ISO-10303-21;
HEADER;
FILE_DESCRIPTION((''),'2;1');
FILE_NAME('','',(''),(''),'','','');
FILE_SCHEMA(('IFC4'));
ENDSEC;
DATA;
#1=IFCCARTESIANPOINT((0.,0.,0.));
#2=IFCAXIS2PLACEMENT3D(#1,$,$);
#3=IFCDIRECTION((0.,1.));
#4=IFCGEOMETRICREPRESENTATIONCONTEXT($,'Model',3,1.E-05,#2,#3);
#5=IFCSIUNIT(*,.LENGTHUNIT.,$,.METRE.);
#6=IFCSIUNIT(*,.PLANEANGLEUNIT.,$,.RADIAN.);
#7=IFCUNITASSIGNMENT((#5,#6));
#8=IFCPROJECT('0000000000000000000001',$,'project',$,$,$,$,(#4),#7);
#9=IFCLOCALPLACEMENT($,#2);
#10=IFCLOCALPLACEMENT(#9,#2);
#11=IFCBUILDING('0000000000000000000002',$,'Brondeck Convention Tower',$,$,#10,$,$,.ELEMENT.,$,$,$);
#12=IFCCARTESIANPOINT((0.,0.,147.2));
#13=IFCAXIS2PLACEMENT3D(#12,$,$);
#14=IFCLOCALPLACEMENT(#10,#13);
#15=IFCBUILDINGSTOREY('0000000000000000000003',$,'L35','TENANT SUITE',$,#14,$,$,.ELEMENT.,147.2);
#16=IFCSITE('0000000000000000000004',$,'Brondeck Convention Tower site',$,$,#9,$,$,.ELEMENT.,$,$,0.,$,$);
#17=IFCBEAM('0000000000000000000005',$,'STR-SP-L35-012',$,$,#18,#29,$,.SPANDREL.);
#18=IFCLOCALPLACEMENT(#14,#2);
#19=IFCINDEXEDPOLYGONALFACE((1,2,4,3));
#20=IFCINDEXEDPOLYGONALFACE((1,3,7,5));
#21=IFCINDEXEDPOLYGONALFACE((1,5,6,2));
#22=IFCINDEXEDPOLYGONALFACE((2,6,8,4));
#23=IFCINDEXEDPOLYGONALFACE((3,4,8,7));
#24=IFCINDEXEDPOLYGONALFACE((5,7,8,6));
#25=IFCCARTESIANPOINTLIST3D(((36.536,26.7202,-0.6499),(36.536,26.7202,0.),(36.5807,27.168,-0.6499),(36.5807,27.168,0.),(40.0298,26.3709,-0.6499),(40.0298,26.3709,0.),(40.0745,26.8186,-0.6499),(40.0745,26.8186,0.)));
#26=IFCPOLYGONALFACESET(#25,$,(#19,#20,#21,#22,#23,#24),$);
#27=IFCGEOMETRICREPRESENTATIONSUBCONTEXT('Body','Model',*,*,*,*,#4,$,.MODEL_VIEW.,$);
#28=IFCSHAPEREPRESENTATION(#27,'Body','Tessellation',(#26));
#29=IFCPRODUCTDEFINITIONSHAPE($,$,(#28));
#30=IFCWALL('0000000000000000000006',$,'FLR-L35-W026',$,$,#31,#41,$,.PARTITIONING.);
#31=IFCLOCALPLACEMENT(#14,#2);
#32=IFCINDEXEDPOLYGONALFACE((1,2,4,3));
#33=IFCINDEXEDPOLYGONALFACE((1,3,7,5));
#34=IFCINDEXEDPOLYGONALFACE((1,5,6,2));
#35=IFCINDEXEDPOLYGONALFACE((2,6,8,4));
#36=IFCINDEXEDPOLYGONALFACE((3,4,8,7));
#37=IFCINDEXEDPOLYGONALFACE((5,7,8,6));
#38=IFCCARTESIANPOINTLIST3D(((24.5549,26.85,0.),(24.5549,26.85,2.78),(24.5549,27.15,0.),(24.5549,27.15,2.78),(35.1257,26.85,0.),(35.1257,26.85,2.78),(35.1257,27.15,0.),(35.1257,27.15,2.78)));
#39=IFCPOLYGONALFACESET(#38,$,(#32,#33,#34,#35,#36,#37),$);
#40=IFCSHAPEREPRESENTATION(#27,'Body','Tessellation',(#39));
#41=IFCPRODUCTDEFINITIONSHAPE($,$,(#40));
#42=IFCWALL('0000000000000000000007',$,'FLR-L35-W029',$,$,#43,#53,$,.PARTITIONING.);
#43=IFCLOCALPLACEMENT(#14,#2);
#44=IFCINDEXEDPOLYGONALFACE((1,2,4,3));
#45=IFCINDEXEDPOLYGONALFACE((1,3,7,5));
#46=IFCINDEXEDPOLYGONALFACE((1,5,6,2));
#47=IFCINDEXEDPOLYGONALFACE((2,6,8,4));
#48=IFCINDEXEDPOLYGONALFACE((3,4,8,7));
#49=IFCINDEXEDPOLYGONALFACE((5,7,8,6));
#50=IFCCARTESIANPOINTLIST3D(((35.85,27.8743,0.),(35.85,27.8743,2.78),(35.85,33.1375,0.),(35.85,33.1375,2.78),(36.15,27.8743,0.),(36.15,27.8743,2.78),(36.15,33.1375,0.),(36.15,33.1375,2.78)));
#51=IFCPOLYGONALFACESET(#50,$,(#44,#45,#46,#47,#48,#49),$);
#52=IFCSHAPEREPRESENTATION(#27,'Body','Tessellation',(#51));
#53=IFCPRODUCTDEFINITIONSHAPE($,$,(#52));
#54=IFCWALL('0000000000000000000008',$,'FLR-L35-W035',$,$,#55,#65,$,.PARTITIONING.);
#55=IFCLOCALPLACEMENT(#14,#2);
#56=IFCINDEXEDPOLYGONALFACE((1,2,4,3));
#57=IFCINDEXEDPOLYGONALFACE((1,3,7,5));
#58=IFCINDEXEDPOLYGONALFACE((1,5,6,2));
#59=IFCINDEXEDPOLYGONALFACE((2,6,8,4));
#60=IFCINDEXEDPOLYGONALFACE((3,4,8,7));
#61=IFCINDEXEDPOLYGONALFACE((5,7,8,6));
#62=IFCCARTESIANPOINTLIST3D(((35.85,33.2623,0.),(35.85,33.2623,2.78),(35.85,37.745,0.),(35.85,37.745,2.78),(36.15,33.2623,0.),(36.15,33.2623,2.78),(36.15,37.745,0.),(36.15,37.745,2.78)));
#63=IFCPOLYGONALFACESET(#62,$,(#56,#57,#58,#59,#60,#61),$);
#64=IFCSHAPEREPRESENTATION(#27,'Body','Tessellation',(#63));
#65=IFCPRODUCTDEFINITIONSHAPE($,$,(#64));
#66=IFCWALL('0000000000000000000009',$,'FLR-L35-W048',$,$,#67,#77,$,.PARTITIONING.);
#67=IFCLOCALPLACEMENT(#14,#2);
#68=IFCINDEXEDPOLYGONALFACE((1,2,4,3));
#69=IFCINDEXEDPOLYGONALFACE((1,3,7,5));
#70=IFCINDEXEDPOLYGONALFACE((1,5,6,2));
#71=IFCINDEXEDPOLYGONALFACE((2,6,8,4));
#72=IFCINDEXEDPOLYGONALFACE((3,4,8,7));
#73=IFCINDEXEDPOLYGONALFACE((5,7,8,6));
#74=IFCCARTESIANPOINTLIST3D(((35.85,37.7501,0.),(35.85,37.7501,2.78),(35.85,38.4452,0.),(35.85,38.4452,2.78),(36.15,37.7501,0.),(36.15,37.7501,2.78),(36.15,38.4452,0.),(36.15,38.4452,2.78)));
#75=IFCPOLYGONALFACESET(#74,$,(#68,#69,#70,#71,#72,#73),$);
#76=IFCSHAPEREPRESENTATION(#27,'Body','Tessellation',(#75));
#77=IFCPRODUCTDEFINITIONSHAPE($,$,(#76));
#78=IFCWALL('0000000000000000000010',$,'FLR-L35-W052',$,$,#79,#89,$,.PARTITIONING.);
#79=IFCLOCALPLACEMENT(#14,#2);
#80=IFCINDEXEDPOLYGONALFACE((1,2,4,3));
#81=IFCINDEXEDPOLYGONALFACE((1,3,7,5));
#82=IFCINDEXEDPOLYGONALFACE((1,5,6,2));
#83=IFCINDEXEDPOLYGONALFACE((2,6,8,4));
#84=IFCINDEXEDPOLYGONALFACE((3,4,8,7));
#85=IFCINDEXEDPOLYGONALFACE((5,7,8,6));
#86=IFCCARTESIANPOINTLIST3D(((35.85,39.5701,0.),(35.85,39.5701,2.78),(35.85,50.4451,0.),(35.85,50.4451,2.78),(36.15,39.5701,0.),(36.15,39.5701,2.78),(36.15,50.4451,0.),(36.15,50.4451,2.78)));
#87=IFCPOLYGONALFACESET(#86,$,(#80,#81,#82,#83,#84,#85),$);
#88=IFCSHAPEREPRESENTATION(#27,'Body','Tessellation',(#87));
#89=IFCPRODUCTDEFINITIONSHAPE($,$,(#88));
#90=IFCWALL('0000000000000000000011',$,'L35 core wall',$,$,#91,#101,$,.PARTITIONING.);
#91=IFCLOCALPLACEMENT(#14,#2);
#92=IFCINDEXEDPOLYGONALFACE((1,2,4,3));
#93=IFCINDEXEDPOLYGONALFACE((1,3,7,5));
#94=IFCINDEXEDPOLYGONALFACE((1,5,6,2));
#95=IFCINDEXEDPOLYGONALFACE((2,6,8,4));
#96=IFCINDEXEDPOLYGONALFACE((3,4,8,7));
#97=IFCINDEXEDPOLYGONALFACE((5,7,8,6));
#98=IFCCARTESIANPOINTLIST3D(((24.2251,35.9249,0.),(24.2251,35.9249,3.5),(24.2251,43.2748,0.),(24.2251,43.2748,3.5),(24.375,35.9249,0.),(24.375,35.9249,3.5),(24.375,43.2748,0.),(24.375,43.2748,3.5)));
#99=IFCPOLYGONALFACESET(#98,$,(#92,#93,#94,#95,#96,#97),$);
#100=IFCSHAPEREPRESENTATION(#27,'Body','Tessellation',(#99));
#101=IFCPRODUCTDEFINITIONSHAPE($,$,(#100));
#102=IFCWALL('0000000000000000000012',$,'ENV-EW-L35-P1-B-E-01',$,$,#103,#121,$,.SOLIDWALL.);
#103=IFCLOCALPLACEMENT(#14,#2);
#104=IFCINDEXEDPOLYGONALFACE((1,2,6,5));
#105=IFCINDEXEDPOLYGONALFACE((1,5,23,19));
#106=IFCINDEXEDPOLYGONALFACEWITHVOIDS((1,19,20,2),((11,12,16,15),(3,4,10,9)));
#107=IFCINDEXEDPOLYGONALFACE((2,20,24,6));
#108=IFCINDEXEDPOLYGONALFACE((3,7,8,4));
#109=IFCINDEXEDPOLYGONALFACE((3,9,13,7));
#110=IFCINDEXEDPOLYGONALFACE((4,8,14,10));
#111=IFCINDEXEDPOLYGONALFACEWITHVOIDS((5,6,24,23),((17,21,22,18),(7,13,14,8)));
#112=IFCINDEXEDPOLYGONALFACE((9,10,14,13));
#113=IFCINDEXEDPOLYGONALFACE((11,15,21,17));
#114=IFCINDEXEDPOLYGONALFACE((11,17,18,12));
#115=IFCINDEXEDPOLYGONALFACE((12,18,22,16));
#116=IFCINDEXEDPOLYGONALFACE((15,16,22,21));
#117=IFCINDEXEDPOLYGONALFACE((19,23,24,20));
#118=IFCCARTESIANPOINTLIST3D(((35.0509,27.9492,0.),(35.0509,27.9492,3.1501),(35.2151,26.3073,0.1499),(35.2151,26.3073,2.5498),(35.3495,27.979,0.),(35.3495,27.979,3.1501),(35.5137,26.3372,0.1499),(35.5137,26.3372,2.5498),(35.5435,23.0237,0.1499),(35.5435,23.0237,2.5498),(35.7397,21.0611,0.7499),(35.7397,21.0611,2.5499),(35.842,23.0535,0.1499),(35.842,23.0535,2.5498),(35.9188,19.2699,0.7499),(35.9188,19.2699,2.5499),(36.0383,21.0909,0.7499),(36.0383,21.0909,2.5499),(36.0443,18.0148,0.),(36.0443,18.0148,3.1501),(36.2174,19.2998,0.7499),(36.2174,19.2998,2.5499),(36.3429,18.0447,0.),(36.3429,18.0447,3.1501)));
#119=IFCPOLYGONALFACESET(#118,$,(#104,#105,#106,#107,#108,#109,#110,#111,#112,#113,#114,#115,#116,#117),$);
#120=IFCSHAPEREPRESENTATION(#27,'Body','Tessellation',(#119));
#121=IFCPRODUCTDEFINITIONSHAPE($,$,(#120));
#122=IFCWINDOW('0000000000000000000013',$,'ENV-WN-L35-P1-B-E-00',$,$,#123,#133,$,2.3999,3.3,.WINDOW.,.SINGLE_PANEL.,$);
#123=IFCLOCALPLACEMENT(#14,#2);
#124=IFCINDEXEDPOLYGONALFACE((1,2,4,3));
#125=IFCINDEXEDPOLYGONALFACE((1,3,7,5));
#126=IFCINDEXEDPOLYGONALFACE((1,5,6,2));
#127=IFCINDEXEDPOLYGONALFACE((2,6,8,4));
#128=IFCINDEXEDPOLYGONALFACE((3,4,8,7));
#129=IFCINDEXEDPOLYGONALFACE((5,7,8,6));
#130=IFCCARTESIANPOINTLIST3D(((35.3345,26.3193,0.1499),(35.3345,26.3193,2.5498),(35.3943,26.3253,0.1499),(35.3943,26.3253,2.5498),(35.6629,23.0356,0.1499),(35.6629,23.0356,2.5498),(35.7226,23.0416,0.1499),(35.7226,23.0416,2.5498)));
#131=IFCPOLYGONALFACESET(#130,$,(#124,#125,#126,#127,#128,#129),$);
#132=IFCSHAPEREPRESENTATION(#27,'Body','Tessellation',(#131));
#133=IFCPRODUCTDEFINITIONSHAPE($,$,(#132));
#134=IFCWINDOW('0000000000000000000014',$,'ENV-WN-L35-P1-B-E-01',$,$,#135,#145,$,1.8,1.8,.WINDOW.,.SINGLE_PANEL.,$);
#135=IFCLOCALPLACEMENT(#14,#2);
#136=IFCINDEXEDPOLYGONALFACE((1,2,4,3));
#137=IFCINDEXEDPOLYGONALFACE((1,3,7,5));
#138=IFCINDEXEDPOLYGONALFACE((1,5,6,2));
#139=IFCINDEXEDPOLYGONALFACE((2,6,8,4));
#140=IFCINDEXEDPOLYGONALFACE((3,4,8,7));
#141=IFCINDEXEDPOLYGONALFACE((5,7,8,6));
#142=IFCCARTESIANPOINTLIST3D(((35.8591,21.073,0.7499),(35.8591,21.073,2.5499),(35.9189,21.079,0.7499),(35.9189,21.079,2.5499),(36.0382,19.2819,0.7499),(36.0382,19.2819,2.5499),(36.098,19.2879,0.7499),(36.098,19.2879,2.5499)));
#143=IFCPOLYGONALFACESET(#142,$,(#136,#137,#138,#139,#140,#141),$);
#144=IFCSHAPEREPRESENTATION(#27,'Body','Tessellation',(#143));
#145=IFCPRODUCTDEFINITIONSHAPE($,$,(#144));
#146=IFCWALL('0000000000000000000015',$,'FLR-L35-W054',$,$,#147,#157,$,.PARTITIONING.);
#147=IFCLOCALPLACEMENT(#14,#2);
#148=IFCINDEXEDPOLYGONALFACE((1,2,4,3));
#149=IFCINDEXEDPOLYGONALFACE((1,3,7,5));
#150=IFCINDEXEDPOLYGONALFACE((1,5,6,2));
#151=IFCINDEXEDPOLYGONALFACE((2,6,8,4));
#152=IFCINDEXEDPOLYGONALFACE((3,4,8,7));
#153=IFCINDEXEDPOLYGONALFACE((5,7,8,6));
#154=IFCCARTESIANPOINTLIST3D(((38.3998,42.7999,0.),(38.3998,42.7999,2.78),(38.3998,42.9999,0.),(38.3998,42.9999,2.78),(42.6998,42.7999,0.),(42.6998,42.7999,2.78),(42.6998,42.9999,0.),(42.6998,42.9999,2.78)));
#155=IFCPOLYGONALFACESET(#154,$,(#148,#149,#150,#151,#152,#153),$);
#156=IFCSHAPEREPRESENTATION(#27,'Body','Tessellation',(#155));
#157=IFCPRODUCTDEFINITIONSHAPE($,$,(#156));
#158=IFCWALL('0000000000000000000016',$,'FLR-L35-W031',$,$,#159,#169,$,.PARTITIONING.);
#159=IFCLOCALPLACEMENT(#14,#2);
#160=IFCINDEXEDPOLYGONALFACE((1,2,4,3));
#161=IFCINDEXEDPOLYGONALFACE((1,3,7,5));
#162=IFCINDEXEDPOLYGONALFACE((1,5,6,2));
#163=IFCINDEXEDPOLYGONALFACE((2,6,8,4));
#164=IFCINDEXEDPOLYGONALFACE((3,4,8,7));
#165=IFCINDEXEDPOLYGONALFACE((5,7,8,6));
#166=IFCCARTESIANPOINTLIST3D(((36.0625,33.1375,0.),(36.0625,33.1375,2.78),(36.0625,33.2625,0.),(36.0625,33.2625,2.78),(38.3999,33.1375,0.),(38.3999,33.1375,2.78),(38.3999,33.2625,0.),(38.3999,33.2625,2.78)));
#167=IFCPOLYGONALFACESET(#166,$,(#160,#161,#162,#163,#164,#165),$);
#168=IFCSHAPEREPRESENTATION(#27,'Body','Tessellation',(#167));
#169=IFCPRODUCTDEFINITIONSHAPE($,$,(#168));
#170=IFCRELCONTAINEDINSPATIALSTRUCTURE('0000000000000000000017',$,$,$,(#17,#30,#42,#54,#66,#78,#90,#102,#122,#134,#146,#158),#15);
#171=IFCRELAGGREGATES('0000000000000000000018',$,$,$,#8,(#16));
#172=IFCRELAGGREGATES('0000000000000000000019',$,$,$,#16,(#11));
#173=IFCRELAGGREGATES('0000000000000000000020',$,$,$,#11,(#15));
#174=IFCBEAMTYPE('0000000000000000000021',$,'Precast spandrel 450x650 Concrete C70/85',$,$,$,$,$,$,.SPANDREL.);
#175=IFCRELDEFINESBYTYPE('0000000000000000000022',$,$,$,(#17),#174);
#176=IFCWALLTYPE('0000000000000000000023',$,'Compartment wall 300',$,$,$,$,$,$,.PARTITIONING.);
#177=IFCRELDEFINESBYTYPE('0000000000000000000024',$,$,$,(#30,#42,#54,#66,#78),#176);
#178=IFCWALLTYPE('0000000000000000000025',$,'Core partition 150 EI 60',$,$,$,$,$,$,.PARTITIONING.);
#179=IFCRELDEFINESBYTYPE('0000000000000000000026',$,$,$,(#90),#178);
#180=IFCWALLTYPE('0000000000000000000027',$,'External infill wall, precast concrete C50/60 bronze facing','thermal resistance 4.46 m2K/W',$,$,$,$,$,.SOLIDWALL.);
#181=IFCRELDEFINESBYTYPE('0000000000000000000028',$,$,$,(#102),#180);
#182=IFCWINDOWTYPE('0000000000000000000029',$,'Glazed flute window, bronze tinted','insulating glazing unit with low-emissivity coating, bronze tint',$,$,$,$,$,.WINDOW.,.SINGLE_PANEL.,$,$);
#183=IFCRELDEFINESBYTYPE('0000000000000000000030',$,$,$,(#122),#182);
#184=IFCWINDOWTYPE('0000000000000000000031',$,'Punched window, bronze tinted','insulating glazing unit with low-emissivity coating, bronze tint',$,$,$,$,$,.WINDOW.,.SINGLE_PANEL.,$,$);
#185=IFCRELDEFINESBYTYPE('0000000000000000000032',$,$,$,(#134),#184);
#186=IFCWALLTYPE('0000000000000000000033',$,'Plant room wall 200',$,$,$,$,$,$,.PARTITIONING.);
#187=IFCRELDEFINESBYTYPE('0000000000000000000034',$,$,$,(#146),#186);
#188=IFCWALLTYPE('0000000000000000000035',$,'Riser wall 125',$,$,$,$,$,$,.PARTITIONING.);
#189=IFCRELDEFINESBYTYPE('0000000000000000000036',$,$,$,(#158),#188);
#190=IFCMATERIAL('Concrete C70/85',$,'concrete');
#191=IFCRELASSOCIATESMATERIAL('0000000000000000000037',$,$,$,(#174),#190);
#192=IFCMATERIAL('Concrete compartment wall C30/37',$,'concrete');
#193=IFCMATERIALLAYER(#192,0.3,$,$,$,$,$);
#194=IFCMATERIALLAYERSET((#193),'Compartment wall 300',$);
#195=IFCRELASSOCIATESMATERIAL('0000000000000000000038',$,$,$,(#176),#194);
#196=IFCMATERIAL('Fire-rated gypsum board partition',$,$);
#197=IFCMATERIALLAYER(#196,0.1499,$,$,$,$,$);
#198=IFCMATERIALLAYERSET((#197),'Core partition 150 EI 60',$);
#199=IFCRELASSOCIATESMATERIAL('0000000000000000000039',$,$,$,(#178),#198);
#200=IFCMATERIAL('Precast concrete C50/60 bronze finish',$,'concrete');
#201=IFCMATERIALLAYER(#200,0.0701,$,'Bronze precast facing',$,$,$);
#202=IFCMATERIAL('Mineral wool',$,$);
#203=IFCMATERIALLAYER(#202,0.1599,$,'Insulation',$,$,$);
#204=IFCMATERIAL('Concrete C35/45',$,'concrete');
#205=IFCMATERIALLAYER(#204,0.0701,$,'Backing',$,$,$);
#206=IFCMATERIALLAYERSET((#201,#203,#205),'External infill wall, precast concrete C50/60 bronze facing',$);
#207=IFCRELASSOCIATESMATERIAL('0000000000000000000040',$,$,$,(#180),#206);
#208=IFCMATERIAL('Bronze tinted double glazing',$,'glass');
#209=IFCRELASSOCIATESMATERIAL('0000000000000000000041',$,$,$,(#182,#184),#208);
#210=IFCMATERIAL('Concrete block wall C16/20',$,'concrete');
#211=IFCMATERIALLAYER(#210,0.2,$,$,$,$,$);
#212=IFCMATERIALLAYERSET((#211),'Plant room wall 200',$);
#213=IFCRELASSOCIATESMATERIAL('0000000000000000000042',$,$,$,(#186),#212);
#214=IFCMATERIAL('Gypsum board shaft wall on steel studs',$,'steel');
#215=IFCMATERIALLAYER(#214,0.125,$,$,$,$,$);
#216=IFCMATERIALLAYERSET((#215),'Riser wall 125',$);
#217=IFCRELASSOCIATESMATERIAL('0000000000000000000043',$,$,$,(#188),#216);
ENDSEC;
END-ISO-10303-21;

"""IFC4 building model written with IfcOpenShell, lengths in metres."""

from ifc_helpers import new_model, si_unit, direction, frame, frame_2d, origin, origin_2d, place, context, subcontext, project, spatial, rectangle, extrude, material, layer, layer_set, material_profile, profile_set, type_object, element, fill, save


model = new_model("IFC4")

# Units and contexts
model_context = context("Model", 3, precision=1e-05, world=origin(), true_north=direction((0.0, 1.0)))
body_context = subcontext(model_context, "Body", "Model", "MODEL_VIEW")
ifc_project = project(units=[si_unit("LENGTHUNIT", "METRE"), si_unit("PLANEANGLEUNIT", "RADIAN")], contexts=[model_context])

# Site, building, storey
site_placement = place(None, origin())
site = spatial("IfcSite", under=ifc_project, at=site_placement, Name="Brondeck Convention Tower site", CompositionType="ELEMENT", RefElevation=0.0)
building_placement = place(site_placement, origin())
building = spatial("IfcBuilding", under=site, at=building_placement, Name="Brondeck Convention Tower", CompositionType="ELEMENT")
storey_placement = place(building_placement, frame((0.0, 0.0, 147.2)))
storey = spatial("IfcBuildingStorey", under=building, at=storey_placement, Name="L35", Description="TENANT SUITE", CompositionType="ELEMENT", Elevation=147.2)

# Shared definitions
ifc_material_1 = material(Name="Concrete C70/85", Category="concrete")

# Beam
ifc_material_profile_1 = material_profile(ifc_material_1, rectangle(XDim=0.45, YDim=0.6499, at=origin_2d()), Name="Precast spandrel 450x650 Concrete C70/85")
ifc_profile_set_1 = profile_set([ifc_material_profile_1], Name="Concrete C70/85")
beam_type_1 = type_object("IfcBeamType", Name="Precast spandrel 450x650 Concrete C70/85", PredefinedType="SPANDREL", material=ifc_profile_set_1)
beam_1_placement = place(storey_placement, frame((36.5583, 26.9441, -0.325), z_axis=(0.995038, -0.099497, 0.0), x_axis=(0.099497, 0.995038, 0.0)))
element("IfcBeam", 1, at=beam_1_placement, inside=storey, type_object=beam_type_1, Name="STR-SP-L35-012", PredefinedType="SPANDREL", context=body_context, shape_type="SweptSolid", body=[
    extrude(rectangle(XDim=0.45, YDim=0.6499, at=origin_2d()), origin(), (0.0, 0.0, 1.0), 3.5112),
])

# Walls
ifc_material_2 = material(Name="Concrete compartment wall C30/37", Category="concrete")
ifc_layer_1 = layer(ifc_material_2, 0.3)
ifc_layer_set_1 = layer_set([ifc_layer_1], Name="Compartment wall 300")
wall_type_1 = type_object("IfcWallType", Name="Compartment wall 300", PredefinedType="PARTITIONING", material=ifc_layer_set_1)
wall_1_placement = place(storey_placement, frame((24.5549, 27.0, 0.0), z_axis=(0.0, 0.0, 1.0), x_axis=(1.0, 0.0, 0.0)))
element("IfcWall", 2, at=wall_1_placement, inside=storey, type_object=wall_type_1, Name="FLR-L35-W026", PredefinedType="PARTITIONING", context=body_context, shape_type="SweptSolid", body=[
    extrude(rectangle(XDim=10.5708, YDim=0.3, at=frame_2d((5.2854, 0.0))), origin(), (0.0, 0.0, 1.0), 2.78),
])
wall_2_placement = place(storey_placement, frame((36.0, 27.8743, 0.0), z_axis=(0.0, 0.0, 1.0), x_axis=(0.0, 1.0, 0.0)))
element("IfcWall", 3, at=wall_2_placement, inside=storey, type_object=wall_type_1, Name="FLR-L35-W029", PredefinedType="PARTITIONING", context=body_context, shape_type="SweptSolid", body=[
    extrude(rectangle(XDim=5.2632, YDim=0.3, at=frame_2d((2.6316, 0.0))), origin(), (0.0, 0.0, 1.0), 2.78),
])
wall_3_placement = place(storey_placement, frame((36.0, 33.2625, 0.0), z_axis=(0.0, 0.0, 1.0), x_axis=(0.0, 1.0, 0.0)))
element("IfcWall", 4, at=wall_3_placement, inside=storey, type_object=wall_type_1, Name="FLR-L35-W035", PredefinedType="PARTITIONING", context=body_context, shape_type="SweptSolid", body=[
    extrude(rectangle(XDim=4.4827, YDim=0.3, at=frame_2d((2.2412, 0.0))), origin(), (0.0, 0.0, 1.0), 2.78),
])
wall_4_placement = place(storey_placement, frame((36.0, 37.75, 0.0), z_axis=(0.0, 0.0, 1.0), x_axis=(0.0, 1.0, 0.0)))
element("IfcWall", 5, at=wall_4_placement, inside=storey, type_object=wall_type_1, Name="FLR-L35-W048", PredefinedType="PARTITIONING", context=body_context, shape_type="SweptSolid", body=[
    extrude(rectangle(XDim=0.6951, YDim=0.3, at=frame_2d((0.3477, 0.0))), origin(), (0.0, 0.0, 1.0), 2.78),
])
wall_5_placement = place(storey_placement, frame((36.0, 39.5701, 0.0), z_axis=(0.0, 0.0, 1.0), x_axis=(0.0, 1.0, 0.0)))
element("IfcWall", 6, at=wall_5_placement, inside=storey, type_object=wall_type_1, Name="FLR-L35-W052", PredefinedType="PARTITIONING", context=body_context, shape_type="SweptSolid", body=[
    extrude(rectangle(XDim=10.875, YDim=0.3, at=frame_2d((5.4375, 0.0))), origin(), (0.0, 0.0, 1.0), 2.78),
])
ifc_material_3 = material(Name="Fire-rated gypsum board partition")
ifc_layer_2 = layer(ifc_material_3, 0.1499)
ifc_layer_set_2 = layer_set([ifc_layer_2], Name="Core partition 150 EI 60")
wall_type_2 = type_object("IfcWallType", Name="Core partition 150 EI 60", PredefinedType="PARTITIONING", material=ifc_layer_set_2)
wall_6_placement = place(storey_placement, frame((24.3, 35.925, 0.0), z_axis=(0.0, 0.0, 1.0), x_axis=(0.0, 1.0, 0.0)))
element("IfcWall", 7, at=wall_6_placement, inside=storey, type_object=wall_type_2, Name="L35 core wall", PredefinedType="PARTITIONING", context=body_context, shape_type="SweptSolid", body=[
    extrude(rectangle(XDim=7.3499, YDim=0.1499, at=frame_2d((3.6748, 0.0))), origin(), (0.0, 0.0, 1.0), 3.5),
])

# Wall, openings, windows
ifc_material_4 = material(Name="Precast concrete C50/60 bronze finish", Category="concrete")
ifc_layer_3 = layer(ifc_material_4, 0.0701, Name="Bronze precast facing")
ifc_material_5 = material(Name="Mineral wool")
ifc_layer_4 = layer(ifc_material_5, 0.1599, Name="Insulation")
ifc_material_6 = material(Name="Concrete C35/45", Category="concrete")
ifc_layer_5 = layer(ifc_material_6, 0.0701, Name="Backing")
ifc_layer_set_3 = layer_set([ifc_layer_3, ifc_layer_4, ifc_layer_5], Name="External infill wall, precast concrete C50/60 bronze facing")
wall_type_3 = type_object("IfcWallType", Name="External infill wall, precast concrete C50/60 bronze facing", Description="thermal resistance 4.46 m2K/W", PredefinedType="SOLIDWALL", material=ifc_layer_set_3)
wall_7_placement = place(storey_placement, frame((35.2002, 27.9641, 0.0), z_axis=(0.0, 0.0, 1.0), x_axis=(0.099501, -0.995037, 0.0)))
wall_7 = element("IfcWall", 8, at=wall_7_placement, inside=storey, type_object=wall_type_3, Name="ENV-EW-L35-P1-B-E-01", PredefinedType="SOLIDWALL", context=body_context, shape_type="SweptSolid", body=[
    extrude(rectangle(XDim=9.9839, YDim=0.3, at=frame_2d((4.9919, 0.0))), origin(), (0.0, 0.0, 1.0), 3.1501),
])
opening_1_placement = place(wall_7_placement, frame((1.6501, 0.0, 0.1499)))
opening_1 = element("IfcOpeningElement", 9, at=opening_1_placement, cuts=wall_7, PredefinedType="OPENING", context=body_context, shape_type="SweptSolid", body=[
    extrude(rectangle(XDim=3.3, YDim=2.3999, at=frame_2d((1.6499, 1.2))), frame((0.0, 0.1599, 0.0), z_axis=(0.0, -1.0, 0.0), x_axis=(1.0, 0.0, 0.0)), (0.0, 0.0, 1.0), 0.3201),
])
opening_2_placement = place(wall_7_placement, frame((6.9226, 0.0, 0.75)))
opening_2 = element("IfcOpeningElement", 10, at=opening_2_placement, cuts=wall_7, PredefinedType="OPENING", context=body_context, shape_type="SweptSolid", body=[
    extrude(rectangle(XDim=1.8, YDim=1.8, at=frame_2d((0.8999, 0.8999))), frame((0.0, 0.1599, 0.0), z_axis=(0.0, -1.0, 0.0), x_axis=(1.0, 0.0, 0.0)), (0.0, 0.0, 1.0), 0.3201),
])
ifc_material_7 = material(Name="Bronze tinted double glazing", Category="glass")
window_type_1 = type_object("IfcWindowType", Name="Glazed flute window, bronze tinted", Description="insulating glazing unit with low-emissivity coating, bronze tint", PartitioningType="SINGLE_PANEL", PredefinedType="WINDOW", material=ifc_material_7)
window_1_placement = place(opening_1_placement, origin())
window_1 = element("IfcWindow", 11, at=window_1_placement, inside=storey, type_object=window_type_1, Name="ENV-WN-L35-P1-B-E-00", OverallHeight=2.3999, OverallWidth=3.3, PartitioningType="SINGLE_PANEL", PredefinedType="WINDOW", context=body_context, shape_type="SweptSolid", body=[
    extrude(rectangle(XDim=3.3, YDim=2.3999, at=frame_2d((1.6499, 1.2))), frame((0.0, 0.03, 0.0), z_axis=(0.0, -1.0, 0.0), x_axis=(1.0, 0.0, 0.0)), (0.0, 0.0, 1.0), 0.0601),
])
fill(opening_1, window_1)
window_type_2 = type_object("IfcWindowType", Name="Punched window, bronze tinted", Description="insulating glazing unit with low-emissivity coating, bronze tint", PartitioningType="SINGLE_PANEL", PredefinedType="WINDOW", material=ifc_material_7)
window_2_placement = place(opening_2_placement, origin())
window_2 = element("IfcWindow", 12, at=window_2_placement, inside=storey, type_object=window_type_2, Name="ENV-WN-L35-P1-B-E-01", OverallHeight=1.8, OverallWidth=1.8, PartitioningType="SINGLE_PANEL", PredefinedType="WINDOW", context=body_context, shape_type="SweptSolid", body=[
    extrude(rectangle(XDim=1.8, YDim=1.8, at=frame_2d((0.8999, 0.8999))), frame((0.0, 0.03, 0.0), z_axis=(0.0, -1.0, 0.0), x_axis=(1.0, 0.0, 0.0)), (0.0, 0.0, 1.0), 0.0601),
])
fill(opening_2, window_2)

# Walls
ifc_material_8 = material(Name="Concrete block wall C16/20", Category="concrete")
ifc_layer_6 = layer(ifc_material_8, 0.2)
ifc_layer_set_4 = layer_set([ifc_layer_6], Name="Plant room wall 200")
wall_type_4 = type_object("IfcWallType", Name="Plant room wall 200", PredefinedType="PARTITIONING", material=ifc_layer_set_4)
wall_8_placement = place(storey_placement, frame((38.3999, 42.8999, 0.0), z_axis=(0.0, 0.0, 1.0), x_axis=(1.0, 0.0, 0.0)))
element("IfcWall", 13, at=wall_8_placement, inside=storey, type_object=wall_type_4, Name="FLR-L35-W054", PredefinedType="PARTITIONING", context=body_context, shape_type="SweptSolid", body=[
    extrude(rectangle(XDim=4.3, YDim=0.2, at=frame_2d((2.1499, 0.0))), origin(), (0.0, 0.0, 1.0), 2.78),
])
ifc_material_9 = material(Name="Gypsum board shaft wall on steel studs", Category="steel")
ifc_layer_7 = layer(ifc_material_9, 0.125)
ifc_layer_set_5 = layer_set([ifc_layer_7], Name="Riser wall 125")
wall_type_5 = type_object("IfcWallType", Name="Riser wall 125", PredefinedType="PARTITIONING", material=ifc_layer_set_5)
wall_9_placement = place(storey_placement, frame((38.3999, 33.2, 0.0), z_axis=(0.0, 0.0, 1.0), x_axis=(-1.0, 0.0, 0.0)))
element("IfcWall", 14, at=wall_9_placement, inside=storey, type_object=wall_type_5, Name="FLR-L35-W031", PredefinedType="PARTITIONING", context=body_context, shape_type="SweptSolid", body=[
    extrude(rectangle(XDim=2.3374, YDim=0.125, at=frame_2d((1.1687, 0.0))), origin(), (0.0, 0.0, 1.0), 2.78),
])

save(model, "model.ifc")
